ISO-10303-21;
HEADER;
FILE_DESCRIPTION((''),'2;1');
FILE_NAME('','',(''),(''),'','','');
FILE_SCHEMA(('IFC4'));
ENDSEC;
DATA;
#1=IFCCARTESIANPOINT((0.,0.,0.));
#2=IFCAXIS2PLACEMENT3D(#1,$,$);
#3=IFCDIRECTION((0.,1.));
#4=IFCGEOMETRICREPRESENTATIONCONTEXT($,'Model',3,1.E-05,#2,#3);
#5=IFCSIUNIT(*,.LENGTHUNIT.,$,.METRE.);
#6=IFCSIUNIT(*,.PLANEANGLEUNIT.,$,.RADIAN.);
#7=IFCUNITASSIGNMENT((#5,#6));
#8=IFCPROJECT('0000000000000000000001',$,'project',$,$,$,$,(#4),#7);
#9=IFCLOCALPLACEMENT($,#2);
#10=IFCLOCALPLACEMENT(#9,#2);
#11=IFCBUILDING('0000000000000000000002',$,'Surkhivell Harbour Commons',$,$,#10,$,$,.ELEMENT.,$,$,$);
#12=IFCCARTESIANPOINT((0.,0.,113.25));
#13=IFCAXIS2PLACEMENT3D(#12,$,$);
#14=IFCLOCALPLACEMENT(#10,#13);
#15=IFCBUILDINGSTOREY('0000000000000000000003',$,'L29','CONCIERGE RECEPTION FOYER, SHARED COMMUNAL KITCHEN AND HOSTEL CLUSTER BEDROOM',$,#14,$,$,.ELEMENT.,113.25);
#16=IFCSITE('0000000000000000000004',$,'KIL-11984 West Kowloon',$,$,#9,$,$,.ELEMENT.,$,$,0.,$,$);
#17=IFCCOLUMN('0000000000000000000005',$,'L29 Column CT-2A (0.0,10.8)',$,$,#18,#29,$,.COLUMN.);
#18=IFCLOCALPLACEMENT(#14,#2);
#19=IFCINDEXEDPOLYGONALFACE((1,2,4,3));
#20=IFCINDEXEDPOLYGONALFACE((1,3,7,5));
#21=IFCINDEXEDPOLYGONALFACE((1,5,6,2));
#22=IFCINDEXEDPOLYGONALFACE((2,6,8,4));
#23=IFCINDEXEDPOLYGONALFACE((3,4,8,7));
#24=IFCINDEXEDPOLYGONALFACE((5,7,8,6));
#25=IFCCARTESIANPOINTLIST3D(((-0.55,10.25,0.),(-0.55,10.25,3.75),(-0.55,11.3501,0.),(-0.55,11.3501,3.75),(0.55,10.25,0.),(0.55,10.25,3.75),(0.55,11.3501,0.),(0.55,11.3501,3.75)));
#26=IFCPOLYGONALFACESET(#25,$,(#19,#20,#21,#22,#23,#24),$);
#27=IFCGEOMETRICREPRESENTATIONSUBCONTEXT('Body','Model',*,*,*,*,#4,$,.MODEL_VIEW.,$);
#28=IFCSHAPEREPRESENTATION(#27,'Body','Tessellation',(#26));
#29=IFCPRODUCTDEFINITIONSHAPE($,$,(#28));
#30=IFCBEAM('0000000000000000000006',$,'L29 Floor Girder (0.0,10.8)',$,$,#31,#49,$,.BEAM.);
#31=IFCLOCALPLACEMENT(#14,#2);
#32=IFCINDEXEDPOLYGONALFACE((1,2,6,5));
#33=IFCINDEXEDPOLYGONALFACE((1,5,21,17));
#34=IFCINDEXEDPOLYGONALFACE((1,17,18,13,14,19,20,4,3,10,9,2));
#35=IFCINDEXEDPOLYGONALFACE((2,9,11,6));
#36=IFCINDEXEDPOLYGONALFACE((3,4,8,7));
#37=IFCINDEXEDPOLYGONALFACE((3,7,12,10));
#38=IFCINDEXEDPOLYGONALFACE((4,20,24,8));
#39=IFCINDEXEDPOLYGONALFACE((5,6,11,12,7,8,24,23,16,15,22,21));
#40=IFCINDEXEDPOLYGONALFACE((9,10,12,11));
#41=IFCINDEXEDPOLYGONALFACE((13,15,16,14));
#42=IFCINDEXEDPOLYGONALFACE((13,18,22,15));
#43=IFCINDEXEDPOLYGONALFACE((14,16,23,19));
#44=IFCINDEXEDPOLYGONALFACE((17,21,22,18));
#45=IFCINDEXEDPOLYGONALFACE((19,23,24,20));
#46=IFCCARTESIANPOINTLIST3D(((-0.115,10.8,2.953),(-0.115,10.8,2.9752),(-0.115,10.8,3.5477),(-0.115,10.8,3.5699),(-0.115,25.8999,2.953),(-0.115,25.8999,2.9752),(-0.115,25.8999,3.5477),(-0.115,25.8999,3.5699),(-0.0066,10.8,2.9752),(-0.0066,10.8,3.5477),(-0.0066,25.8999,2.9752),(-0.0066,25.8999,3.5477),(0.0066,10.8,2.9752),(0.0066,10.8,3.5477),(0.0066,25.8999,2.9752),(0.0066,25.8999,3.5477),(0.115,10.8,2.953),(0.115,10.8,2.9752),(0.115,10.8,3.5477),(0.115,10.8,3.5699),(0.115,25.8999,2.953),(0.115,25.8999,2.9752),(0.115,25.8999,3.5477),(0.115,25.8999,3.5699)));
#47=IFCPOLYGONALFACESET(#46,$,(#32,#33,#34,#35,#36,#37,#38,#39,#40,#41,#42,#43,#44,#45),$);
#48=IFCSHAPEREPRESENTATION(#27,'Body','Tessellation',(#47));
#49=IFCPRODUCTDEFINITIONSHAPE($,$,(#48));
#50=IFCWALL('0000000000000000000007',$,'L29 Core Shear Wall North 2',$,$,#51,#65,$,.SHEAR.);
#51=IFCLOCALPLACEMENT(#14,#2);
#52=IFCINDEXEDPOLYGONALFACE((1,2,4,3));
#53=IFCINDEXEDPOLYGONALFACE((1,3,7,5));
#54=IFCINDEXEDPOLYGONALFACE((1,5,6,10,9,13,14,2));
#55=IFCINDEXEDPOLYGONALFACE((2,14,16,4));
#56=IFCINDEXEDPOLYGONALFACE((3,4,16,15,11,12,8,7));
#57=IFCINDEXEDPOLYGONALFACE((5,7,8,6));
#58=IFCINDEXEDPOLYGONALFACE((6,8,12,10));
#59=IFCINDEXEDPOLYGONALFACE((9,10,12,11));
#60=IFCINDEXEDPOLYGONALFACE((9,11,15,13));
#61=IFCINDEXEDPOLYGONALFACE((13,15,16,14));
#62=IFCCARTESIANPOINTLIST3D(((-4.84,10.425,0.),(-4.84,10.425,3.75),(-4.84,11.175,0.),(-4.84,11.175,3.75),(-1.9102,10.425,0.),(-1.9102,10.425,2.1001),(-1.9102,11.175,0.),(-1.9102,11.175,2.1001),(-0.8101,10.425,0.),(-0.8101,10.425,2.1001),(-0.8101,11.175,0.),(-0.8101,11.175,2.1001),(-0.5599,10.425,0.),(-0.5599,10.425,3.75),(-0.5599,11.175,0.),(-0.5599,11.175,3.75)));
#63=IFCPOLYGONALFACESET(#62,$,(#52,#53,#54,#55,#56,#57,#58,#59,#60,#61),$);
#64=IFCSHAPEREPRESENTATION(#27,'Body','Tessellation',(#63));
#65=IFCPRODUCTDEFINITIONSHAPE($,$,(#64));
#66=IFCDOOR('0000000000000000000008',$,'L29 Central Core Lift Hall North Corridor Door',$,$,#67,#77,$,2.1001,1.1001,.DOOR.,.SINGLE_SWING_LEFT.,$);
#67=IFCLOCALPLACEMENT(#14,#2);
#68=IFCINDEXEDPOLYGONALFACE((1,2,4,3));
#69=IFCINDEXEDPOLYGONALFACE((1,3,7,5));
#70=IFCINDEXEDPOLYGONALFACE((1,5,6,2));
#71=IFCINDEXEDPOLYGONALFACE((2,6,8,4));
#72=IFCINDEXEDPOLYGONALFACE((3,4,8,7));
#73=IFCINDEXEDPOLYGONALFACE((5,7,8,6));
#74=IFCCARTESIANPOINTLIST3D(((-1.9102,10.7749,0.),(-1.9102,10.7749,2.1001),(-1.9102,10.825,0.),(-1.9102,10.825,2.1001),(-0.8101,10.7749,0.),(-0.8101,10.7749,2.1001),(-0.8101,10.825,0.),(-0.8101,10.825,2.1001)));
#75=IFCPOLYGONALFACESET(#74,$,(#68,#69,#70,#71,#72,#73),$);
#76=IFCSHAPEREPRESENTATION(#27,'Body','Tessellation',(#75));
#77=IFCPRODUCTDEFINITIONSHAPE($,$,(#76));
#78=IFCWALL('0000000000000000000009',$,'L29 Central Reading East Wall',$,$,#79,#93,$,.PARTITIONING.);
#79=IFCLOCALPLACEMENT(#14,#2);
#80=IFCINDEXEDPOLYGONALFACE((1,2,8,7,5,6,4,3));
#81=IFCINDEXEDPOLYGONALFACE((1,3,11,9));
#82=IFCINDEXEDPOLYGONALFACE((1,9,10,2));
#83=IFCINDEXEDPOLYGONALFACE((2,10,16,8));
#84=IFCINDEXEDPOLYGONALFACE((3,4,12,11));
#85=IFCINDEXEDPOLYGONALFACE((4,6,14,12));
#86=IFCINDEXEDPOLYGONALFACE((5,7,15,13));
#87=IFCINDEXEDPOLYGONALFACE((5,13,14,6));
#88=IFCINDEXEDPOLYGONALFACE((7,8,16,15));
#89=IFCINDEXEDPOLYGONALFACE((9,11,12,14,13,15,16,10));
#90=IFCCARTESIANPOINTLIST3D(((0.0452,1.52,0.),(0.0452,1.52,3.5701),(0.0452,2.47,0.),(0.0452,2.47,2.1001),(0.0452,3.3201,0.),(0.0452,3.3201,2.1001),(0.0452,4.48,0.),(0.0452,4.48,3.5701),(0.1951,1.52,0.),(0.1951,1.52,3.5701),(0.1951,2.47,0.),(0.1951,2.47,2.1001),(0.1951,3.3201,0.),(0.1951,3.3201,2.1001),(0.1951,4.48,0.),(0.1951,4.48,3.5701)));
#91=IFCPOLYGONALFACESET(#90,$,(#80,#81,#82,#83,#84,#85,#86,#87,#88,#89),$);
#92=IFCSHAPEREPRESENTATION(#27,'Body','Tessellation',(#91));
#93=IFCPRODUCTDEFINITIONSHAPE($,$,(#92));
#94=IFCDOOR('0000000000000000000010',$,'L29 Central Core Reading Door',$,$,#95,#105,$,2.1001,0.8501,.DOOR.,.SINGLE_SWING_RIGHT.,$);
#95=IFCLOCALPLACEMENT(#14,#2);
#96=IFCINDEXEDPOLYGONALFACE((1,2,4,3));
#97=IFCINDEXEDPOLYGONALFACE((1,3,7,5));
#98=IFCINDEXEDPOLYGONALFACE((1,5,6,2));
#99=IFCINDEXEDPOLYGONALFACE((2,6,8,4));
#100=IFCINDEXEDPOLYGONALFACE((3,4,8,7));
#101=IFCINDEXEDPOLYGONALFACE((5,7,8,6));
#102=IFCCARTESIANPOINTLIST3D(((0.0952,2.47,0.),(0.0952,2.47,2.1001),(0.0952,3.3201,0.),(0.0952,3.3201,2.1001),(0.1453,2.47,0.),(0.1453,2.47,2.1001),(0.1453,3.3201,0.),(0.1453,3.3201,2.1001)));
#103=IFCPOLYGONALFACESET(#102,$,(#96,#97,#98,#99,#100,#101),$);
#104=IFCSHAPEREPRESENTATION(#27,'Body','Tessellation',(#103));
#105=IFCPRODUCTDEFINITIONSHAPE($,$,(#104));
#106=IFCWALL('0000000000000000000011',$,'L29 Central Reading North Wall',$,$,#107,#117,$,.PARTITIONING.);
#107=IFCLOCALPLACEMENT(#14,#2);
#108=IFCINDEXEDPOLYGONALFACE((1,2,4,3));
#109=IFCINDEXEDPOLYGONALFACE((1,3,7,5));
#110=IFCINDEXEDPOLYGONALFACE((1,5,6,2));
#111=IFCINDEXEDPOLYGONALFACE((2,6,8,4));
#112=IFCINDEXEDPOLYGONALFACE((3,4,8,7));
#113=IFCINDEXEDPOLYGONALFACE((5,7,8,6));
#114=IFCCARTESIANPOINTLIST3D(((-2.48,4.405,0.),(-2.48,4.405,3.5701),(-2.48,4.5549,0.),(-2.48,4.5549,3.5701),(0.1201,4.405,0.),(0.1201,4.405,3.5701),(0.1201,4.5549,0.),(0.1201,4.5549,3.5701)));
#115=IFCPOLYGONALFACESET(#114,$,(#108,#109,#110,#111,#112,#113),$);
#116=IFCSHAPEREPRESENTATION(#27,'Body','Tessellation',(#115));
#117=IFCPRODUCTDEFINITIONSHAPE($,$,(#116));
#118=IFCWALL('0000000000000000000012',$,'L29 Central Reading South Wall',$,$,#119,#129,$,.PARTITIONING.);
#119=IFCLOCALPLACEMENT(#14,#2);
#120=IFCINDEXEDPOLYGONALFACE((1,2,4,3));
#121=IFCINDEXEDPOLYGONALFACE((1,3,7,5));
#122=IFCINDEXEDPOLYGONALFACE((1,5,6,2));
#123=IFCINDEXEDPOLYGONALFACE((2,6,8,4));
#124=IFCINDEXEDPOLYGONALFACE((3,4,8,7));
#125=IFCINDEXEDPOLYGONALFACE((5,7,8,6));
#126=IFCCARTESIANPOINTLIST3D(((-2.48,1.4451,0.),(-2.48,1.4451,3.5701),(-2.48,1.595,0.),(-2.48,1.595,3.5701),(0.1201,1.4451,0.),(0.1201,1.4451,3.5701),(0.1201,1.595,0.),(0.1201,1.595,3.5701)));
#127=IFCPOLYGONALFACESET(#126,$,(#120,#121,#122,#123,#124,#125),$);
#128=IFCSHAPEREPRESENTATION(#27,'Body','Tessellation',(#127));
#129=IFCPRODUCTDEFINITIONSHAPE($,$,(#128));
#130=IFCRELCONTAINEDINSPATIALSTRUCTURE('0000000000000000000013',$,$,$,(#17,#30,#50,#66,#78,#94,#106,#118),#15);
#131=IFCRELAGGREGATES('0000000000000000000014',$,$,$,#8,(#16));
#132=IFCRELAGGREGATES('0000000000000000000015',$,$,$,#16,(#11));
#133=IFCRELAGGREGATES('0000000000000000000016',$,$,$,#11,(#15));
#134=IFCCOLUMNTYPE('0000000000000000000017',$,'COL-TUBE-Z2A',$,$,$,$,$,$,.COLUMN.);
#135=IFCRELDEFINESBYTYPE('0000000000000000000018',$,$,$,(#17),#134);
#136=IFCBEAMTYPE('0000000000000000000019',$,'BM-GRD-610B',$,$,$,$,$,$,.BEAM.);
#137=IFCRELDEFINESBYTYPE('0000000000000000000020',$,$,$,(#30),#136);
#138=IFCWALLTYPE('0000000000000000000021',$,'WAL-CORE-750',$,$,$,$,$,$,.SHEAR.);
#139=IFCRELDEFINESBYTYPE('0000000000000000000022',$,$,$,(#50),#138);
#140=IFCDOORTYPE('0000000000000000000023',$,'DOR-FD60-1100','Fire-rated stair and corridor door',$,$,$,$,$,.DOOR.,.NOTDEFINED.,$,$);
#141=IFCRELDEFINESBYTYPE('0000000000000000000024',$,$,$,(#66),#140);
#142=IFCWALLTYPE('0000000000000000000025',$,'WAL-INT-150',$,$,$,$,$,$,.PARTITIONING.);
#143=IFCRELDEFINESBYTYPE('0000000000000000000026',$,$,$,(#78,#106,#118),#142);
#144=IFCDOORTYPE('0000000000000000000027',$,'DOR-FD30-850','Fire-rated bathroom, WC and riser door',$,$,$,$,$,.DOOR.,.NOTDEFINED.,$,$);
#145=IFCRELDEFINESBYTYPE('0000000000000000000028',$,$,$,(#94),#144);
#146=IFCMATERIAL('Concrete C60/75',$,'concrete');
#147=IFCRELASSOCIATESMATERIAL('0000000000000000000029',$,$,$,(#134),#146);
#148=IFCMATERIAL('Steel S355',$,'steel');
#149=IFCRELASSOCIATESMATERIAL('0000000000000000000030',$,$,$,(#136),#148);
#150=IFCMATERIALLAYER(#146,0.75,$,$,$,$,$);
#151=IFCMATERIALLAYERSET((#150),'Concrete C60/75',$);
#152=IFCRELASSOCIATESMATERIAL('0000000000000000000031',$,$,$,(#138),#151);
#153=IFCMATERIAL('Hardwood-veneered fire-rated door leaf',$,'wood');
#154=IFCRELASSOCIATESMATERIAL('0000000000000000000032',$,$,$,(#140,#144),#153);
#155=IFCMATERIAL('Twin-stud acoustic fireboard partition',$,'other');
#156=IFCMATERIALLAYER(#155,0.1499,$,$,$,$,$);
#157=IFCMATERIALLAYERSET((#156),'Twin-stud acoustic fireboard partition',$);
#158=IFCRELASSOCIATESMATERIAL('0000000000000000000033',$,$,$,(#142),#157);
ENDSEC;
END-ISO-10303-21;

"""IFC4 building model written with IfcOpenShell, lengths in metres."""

from ifc_helpers import new_model, si_unit, direction, frame, frame_2d, origin, origin_2d, place, context, subcontext, project, spatial, rectangle, i_section, extrude, material, layer, layer_set, material_profile, profile_set, type_object, element, fill, save


model = new_model("IFC4")

# Units and contexts
model_context = context("Model", 3, precision=1e-05, world=origin(), true_north=direction((0.0, 1.0)))
body_context = subcontext(model_context, "Body", "Model", "MODEL_VIEW")
ifc_project = project(units=[si_unit("LENGTHUNIT", "METRE"), si_unit("PLANEANGLEUNIT", "RADIAN")], contexts=[model_context])

# Site, building, storey
site_placement = place(None, origin())
site = spatial("IfcSite", under=ifc_project, at=site_placement, Name="KIL-11984 West Kowloon", CompositionType="ELEMENT", RefElevation=0.0)
building_placement = place(site_placement, origin())
building = spatial("IfcBuilding", under=site, at=building_placement, Name="Surkhivell Harbour Commons", CompositionType="ELEMENT")
storey_placement = place(building_placement, frame((0.0, 0.0, 113.25)))
storey = spatial("IfcBuildingStorey", under=building, at=storey_placement, Name="L29", Description="CONCIERGE RECEPTION FOYER, SHARED COMMUNAL KITCHEN AND HOSTEL CLUSTER BEDROOM", CompositionType="ELEMENT", Elevation=113.25)

# Column
ifc_material_1 = material(Name="Concrete C60/75", Category="concrete")
ifc_material_profile_1 = material_profile(ifc_material_1, rectangle(XDim=1.1001, YDim=1.1001, at=origin_2d()), Name="RC-COL-1100x1100")
ifc_profile_set_1 = profile_set([ifc_material_profile_1], Name="Concrete C60/75")
column_type = type_object("IfcColumnType", Name="COL-TUBE-Z2A", PredefinedType="COLUMN", material=ifc_profile_set_1)
column_placement = place(storey_placement, frame((0.0, 10.8, 0.0), z_axis=(0.0, 0.0, 1.0), x_axis=(1.0, 0.0, 0.0)))
element("IfcColumn", 1, at=column_placement, inside=storey, type_object=column_type, Name="L29 Column CT-2A (0.0,10.8)", PredefinedType="COLUMN", context=body_context, shape_type="SweptSolid", body=[
    extrude(rectangle(XDim=1.1001, YDim=1.1001, at=origin_2d()), origin(), (0.0, 0.0, 1.0), 3.75),
])

# Beam
ifc_material_2 = material(Name="Steel S355", Category="steel")
ifc_material_profile_2 = material_profile(ifc_material_2, i_section(OverallWidth=0.23, OverallDepth=0.6169, WebThickness=0.0132, FlangeThickness=0.0222, at=origin_2d()), Name="UB610x229x140")
ifc_profile_set_2 = profile_set([ifc_material_profile_2], Name="Steel S355")
beam_type = type_object("IfcBeamType", Name="BM-GRD-610B", PredefinedType="BEAM", material=ifc_profile_set_2)
beam_placement = place(storey_placement, frame((0.0, 10.8, 3.2615), z_axis=(0.0, 1.0, 0.0), x_axis=(-1.0, 0.0, 0.0)))
element("IfcBeam", 2, at=beam_placement, inside=storey, type_object=beam_type, Name="L29 Floor Girder (0.0,10.8)", PredefinedType="BEAM", context=body_context, shape_type="SweptSolid", body=[
    extrude(i_section(OverallWidth=0.23, OverallDepth=0.6169, WebThickness=0.0132, FlangeThickness=0.0222, at=origin_2d()), origin(), (0.0, 0.0, 1.0), 15.0999),
])

# Walls, openings, doors
ifc_layer_1 = layer(ifc_material_1, 0.75)
ifc_layer_set_1 = layer_set([ifc_layer_1], Name="Concrete C60/75")
wall_type_1 = type_object("IfcWallType", Name="WAL-CORE-750", PredefinedType="SHEAR", material=ifc_layer_set_1)
wall_1_placement = place(storey_placement, frame((-4.8401, 10.8, 0.0), z_axis=(0.0, 0.0, 1.0), x_axis=(1.0, 0.0, 0.0)))
wall_1 = element("IfcWall", 3, at=wall_1_placement, inside=storey, type_object=wall_type_1, Name="L29 Core Shear Wall North 2", PredefinedType="SHEAR", context=body_context, shape_type="SweptSolid", body=[
    extrude(rectangle(XDim=4.28, YDim=0.75, at=frame_2d((2.1401, 0.0))), origin(), (0.0, 0.0, 1.0), 3.75),
])
opening_1_placement = place(wall_1_placement, frame((2.9299, 0.0, 0.0)))
opening_1 = element("IfcOpeningElement", 4, at=opening_1_placement, cuts=wall_1, PredefinedType="OPENING", context=body_context, shape_type="SweptSolid", body=[
    extrude(rectangle(XDim=1.1001, YDim=2.1001, at=frame_2d((0.55, 1.05))), frame((0.0, 0.385, 0.0), z_axis=(0.0, -1.0, 0.0), x_axis=(1.0, 0.0, 0.0)), (0.0, 0.0, 1.0), 0.77),
])
ifc_material_3 = material(Name="Hardwood-veneered fire-rated door leaf", Category="wood")
door_type_1 = type_object("IfcDoorType", Name="DOR-FD60-1100", Description="Fire-rated stair and corridor door", OperationType="NOTDEFINED", PredefinedType="DOOR", material=ifc_material_3)
door_1_placement = place(opening_1_placement, origin())
door_1 = element("IfcDoor", 5, at=door_1_placement, inside=storey, type_object=door_type_1, Name="L29 Central Core Lift Hall North Corridor Door", OperationType="SINGLE_SWING_LEFT", OverallHeight=2.1001, OverallWidth=1.1001, PredefinedType="DOOR", context=body_context, shape_type="SweptSolid", body=[
    extrude(rectangle(XDim=1.1001, YDim=2.1001, at=frame_2d((0.55, 1.05))), frame((0.0, 0.0249, 0.0), z_axis=(0.0, -1.0, 0.0), x_axis=(1.0, 0.0, 0.0)), (0.0, 0.0, 1.0), 0.05),
])
fill(opening_1, door_1)
ifc_material_4 = material(Name="Twin-stud acoustic fireboard partition", Category="other")
ifc_layer_2 = layer(ifc_material_4, 0.1499)
ifc_layer_set_2 = layer_set([ifc_layer_2], Name="Twin-stud acoustic fireboard partition")
wall_type_2 = type_object("IfcWallType", Name="WAL-INT-150", PredefinedType="PARTITIONING", material=ifc_layer_set_2)
wall_2_placement = place(storey_placement, frame((0.1201, 1.52, 0.0), z_axis=(0.0, 0.0, 1.0), x_axis=(0.0, 1.0, 0.0)))
wall_2 = element("IfcWall", 6, at=wall_2_placement, inside=storey, type_object=wall_type_2, Name="L29 Central Reading East Wall", PredefinedType="PARTITIONING", context=body_context, shape_type="SweptSolid", body=[
    extrude(rectangle(XDim=2.96, YDim=0.1499, at=frame_2d((1.48, 0.0))), origin(), (0.0, 0.0, 1.0), 3.5701),
])
opening_2_placement = place(wall_2_placement, frame((0.95, 0.0, 0.0)))
opening_2 = element("IfcOpeningElement", 7, at=opening_2_placement, cuts=wall_2, PredefinedType="OPENING", context=body_context, shape_type="SweptSolid", body=[
    extrude(rectangle(XDim=0.8501, YDim=2.1001, at=frame_2d((0.425, 1.05))), frame((0.0, 0.085, 0.0), z_axis=(0.0, -1.0, 0.0), x_axis=(1.0, 0.0, 0.0)), (0.0, 0.0, 1.0), 0.1699),
])
door_type_2 = type_object("IfcDoorType", Name="DOR-FD30-850", Description="Fire-rated bathroom, WC and riser door", OperationType="NOTDEFINED", PredefinedType="DOOR", material=ifc_material_3)
door_2_placement = place(opening_2_placement, origin())
door_2 = element("IfcDoor", 8, at=door_2_placement, inside=storey, type_object=door_type_2, Name="L29 Central Core Reading Door", OperationType="SINGLE_SWING_RIGHT", OverallHeight=2.1001, OverallWidth=0.8501, PredefinedType="DOOR", context=body_context, shape_type="SweptSolid", body=[
    extrude(rectangle(XDim=0.8501, YDim=2.1001, at=frame_2d((0.425, 1.05))), frame((0.0, 0.0249, 0.0), z_axis=(0.0, -1.0, 0.0), x_axis=(1.0, 0.0, 0.0)), (0.0, 0.0, 1.0), 0.05),
])
fill(opening_2, door_2)

# Walls
for number, where, z_axis, x_axis, name in (
    (9, (-2.48, 4.48, 0.0), (0.0, 0.0, 1.0), (1.0, 0.0, 0.0), "L29 Central Reading North Wall"),
    (10, (-2.48, 1.52, 0.0), (0.0, 0.0, 1.0), (1.0, 0.0, 0.0), "L29 Central Reading South Wall"),
):
    element("IfcWall", number, at=place(storey_placement, frame(where, z_axis=z_axis, x_axis=x_axis)), inside=storey, type_object=wall_type_2, Name=name, PredefinedType="PARTITIONING", context=body_context, shape_type="SweptSolid", body=[
        extrude(rectangle(XDim=2.6001, YDim=0.1499, at=frame_2d((1.3, 0.0))), origin(), (0.0, 0.0, 1.0), 3.5701),
    ])

save(model, "model.ifc")
